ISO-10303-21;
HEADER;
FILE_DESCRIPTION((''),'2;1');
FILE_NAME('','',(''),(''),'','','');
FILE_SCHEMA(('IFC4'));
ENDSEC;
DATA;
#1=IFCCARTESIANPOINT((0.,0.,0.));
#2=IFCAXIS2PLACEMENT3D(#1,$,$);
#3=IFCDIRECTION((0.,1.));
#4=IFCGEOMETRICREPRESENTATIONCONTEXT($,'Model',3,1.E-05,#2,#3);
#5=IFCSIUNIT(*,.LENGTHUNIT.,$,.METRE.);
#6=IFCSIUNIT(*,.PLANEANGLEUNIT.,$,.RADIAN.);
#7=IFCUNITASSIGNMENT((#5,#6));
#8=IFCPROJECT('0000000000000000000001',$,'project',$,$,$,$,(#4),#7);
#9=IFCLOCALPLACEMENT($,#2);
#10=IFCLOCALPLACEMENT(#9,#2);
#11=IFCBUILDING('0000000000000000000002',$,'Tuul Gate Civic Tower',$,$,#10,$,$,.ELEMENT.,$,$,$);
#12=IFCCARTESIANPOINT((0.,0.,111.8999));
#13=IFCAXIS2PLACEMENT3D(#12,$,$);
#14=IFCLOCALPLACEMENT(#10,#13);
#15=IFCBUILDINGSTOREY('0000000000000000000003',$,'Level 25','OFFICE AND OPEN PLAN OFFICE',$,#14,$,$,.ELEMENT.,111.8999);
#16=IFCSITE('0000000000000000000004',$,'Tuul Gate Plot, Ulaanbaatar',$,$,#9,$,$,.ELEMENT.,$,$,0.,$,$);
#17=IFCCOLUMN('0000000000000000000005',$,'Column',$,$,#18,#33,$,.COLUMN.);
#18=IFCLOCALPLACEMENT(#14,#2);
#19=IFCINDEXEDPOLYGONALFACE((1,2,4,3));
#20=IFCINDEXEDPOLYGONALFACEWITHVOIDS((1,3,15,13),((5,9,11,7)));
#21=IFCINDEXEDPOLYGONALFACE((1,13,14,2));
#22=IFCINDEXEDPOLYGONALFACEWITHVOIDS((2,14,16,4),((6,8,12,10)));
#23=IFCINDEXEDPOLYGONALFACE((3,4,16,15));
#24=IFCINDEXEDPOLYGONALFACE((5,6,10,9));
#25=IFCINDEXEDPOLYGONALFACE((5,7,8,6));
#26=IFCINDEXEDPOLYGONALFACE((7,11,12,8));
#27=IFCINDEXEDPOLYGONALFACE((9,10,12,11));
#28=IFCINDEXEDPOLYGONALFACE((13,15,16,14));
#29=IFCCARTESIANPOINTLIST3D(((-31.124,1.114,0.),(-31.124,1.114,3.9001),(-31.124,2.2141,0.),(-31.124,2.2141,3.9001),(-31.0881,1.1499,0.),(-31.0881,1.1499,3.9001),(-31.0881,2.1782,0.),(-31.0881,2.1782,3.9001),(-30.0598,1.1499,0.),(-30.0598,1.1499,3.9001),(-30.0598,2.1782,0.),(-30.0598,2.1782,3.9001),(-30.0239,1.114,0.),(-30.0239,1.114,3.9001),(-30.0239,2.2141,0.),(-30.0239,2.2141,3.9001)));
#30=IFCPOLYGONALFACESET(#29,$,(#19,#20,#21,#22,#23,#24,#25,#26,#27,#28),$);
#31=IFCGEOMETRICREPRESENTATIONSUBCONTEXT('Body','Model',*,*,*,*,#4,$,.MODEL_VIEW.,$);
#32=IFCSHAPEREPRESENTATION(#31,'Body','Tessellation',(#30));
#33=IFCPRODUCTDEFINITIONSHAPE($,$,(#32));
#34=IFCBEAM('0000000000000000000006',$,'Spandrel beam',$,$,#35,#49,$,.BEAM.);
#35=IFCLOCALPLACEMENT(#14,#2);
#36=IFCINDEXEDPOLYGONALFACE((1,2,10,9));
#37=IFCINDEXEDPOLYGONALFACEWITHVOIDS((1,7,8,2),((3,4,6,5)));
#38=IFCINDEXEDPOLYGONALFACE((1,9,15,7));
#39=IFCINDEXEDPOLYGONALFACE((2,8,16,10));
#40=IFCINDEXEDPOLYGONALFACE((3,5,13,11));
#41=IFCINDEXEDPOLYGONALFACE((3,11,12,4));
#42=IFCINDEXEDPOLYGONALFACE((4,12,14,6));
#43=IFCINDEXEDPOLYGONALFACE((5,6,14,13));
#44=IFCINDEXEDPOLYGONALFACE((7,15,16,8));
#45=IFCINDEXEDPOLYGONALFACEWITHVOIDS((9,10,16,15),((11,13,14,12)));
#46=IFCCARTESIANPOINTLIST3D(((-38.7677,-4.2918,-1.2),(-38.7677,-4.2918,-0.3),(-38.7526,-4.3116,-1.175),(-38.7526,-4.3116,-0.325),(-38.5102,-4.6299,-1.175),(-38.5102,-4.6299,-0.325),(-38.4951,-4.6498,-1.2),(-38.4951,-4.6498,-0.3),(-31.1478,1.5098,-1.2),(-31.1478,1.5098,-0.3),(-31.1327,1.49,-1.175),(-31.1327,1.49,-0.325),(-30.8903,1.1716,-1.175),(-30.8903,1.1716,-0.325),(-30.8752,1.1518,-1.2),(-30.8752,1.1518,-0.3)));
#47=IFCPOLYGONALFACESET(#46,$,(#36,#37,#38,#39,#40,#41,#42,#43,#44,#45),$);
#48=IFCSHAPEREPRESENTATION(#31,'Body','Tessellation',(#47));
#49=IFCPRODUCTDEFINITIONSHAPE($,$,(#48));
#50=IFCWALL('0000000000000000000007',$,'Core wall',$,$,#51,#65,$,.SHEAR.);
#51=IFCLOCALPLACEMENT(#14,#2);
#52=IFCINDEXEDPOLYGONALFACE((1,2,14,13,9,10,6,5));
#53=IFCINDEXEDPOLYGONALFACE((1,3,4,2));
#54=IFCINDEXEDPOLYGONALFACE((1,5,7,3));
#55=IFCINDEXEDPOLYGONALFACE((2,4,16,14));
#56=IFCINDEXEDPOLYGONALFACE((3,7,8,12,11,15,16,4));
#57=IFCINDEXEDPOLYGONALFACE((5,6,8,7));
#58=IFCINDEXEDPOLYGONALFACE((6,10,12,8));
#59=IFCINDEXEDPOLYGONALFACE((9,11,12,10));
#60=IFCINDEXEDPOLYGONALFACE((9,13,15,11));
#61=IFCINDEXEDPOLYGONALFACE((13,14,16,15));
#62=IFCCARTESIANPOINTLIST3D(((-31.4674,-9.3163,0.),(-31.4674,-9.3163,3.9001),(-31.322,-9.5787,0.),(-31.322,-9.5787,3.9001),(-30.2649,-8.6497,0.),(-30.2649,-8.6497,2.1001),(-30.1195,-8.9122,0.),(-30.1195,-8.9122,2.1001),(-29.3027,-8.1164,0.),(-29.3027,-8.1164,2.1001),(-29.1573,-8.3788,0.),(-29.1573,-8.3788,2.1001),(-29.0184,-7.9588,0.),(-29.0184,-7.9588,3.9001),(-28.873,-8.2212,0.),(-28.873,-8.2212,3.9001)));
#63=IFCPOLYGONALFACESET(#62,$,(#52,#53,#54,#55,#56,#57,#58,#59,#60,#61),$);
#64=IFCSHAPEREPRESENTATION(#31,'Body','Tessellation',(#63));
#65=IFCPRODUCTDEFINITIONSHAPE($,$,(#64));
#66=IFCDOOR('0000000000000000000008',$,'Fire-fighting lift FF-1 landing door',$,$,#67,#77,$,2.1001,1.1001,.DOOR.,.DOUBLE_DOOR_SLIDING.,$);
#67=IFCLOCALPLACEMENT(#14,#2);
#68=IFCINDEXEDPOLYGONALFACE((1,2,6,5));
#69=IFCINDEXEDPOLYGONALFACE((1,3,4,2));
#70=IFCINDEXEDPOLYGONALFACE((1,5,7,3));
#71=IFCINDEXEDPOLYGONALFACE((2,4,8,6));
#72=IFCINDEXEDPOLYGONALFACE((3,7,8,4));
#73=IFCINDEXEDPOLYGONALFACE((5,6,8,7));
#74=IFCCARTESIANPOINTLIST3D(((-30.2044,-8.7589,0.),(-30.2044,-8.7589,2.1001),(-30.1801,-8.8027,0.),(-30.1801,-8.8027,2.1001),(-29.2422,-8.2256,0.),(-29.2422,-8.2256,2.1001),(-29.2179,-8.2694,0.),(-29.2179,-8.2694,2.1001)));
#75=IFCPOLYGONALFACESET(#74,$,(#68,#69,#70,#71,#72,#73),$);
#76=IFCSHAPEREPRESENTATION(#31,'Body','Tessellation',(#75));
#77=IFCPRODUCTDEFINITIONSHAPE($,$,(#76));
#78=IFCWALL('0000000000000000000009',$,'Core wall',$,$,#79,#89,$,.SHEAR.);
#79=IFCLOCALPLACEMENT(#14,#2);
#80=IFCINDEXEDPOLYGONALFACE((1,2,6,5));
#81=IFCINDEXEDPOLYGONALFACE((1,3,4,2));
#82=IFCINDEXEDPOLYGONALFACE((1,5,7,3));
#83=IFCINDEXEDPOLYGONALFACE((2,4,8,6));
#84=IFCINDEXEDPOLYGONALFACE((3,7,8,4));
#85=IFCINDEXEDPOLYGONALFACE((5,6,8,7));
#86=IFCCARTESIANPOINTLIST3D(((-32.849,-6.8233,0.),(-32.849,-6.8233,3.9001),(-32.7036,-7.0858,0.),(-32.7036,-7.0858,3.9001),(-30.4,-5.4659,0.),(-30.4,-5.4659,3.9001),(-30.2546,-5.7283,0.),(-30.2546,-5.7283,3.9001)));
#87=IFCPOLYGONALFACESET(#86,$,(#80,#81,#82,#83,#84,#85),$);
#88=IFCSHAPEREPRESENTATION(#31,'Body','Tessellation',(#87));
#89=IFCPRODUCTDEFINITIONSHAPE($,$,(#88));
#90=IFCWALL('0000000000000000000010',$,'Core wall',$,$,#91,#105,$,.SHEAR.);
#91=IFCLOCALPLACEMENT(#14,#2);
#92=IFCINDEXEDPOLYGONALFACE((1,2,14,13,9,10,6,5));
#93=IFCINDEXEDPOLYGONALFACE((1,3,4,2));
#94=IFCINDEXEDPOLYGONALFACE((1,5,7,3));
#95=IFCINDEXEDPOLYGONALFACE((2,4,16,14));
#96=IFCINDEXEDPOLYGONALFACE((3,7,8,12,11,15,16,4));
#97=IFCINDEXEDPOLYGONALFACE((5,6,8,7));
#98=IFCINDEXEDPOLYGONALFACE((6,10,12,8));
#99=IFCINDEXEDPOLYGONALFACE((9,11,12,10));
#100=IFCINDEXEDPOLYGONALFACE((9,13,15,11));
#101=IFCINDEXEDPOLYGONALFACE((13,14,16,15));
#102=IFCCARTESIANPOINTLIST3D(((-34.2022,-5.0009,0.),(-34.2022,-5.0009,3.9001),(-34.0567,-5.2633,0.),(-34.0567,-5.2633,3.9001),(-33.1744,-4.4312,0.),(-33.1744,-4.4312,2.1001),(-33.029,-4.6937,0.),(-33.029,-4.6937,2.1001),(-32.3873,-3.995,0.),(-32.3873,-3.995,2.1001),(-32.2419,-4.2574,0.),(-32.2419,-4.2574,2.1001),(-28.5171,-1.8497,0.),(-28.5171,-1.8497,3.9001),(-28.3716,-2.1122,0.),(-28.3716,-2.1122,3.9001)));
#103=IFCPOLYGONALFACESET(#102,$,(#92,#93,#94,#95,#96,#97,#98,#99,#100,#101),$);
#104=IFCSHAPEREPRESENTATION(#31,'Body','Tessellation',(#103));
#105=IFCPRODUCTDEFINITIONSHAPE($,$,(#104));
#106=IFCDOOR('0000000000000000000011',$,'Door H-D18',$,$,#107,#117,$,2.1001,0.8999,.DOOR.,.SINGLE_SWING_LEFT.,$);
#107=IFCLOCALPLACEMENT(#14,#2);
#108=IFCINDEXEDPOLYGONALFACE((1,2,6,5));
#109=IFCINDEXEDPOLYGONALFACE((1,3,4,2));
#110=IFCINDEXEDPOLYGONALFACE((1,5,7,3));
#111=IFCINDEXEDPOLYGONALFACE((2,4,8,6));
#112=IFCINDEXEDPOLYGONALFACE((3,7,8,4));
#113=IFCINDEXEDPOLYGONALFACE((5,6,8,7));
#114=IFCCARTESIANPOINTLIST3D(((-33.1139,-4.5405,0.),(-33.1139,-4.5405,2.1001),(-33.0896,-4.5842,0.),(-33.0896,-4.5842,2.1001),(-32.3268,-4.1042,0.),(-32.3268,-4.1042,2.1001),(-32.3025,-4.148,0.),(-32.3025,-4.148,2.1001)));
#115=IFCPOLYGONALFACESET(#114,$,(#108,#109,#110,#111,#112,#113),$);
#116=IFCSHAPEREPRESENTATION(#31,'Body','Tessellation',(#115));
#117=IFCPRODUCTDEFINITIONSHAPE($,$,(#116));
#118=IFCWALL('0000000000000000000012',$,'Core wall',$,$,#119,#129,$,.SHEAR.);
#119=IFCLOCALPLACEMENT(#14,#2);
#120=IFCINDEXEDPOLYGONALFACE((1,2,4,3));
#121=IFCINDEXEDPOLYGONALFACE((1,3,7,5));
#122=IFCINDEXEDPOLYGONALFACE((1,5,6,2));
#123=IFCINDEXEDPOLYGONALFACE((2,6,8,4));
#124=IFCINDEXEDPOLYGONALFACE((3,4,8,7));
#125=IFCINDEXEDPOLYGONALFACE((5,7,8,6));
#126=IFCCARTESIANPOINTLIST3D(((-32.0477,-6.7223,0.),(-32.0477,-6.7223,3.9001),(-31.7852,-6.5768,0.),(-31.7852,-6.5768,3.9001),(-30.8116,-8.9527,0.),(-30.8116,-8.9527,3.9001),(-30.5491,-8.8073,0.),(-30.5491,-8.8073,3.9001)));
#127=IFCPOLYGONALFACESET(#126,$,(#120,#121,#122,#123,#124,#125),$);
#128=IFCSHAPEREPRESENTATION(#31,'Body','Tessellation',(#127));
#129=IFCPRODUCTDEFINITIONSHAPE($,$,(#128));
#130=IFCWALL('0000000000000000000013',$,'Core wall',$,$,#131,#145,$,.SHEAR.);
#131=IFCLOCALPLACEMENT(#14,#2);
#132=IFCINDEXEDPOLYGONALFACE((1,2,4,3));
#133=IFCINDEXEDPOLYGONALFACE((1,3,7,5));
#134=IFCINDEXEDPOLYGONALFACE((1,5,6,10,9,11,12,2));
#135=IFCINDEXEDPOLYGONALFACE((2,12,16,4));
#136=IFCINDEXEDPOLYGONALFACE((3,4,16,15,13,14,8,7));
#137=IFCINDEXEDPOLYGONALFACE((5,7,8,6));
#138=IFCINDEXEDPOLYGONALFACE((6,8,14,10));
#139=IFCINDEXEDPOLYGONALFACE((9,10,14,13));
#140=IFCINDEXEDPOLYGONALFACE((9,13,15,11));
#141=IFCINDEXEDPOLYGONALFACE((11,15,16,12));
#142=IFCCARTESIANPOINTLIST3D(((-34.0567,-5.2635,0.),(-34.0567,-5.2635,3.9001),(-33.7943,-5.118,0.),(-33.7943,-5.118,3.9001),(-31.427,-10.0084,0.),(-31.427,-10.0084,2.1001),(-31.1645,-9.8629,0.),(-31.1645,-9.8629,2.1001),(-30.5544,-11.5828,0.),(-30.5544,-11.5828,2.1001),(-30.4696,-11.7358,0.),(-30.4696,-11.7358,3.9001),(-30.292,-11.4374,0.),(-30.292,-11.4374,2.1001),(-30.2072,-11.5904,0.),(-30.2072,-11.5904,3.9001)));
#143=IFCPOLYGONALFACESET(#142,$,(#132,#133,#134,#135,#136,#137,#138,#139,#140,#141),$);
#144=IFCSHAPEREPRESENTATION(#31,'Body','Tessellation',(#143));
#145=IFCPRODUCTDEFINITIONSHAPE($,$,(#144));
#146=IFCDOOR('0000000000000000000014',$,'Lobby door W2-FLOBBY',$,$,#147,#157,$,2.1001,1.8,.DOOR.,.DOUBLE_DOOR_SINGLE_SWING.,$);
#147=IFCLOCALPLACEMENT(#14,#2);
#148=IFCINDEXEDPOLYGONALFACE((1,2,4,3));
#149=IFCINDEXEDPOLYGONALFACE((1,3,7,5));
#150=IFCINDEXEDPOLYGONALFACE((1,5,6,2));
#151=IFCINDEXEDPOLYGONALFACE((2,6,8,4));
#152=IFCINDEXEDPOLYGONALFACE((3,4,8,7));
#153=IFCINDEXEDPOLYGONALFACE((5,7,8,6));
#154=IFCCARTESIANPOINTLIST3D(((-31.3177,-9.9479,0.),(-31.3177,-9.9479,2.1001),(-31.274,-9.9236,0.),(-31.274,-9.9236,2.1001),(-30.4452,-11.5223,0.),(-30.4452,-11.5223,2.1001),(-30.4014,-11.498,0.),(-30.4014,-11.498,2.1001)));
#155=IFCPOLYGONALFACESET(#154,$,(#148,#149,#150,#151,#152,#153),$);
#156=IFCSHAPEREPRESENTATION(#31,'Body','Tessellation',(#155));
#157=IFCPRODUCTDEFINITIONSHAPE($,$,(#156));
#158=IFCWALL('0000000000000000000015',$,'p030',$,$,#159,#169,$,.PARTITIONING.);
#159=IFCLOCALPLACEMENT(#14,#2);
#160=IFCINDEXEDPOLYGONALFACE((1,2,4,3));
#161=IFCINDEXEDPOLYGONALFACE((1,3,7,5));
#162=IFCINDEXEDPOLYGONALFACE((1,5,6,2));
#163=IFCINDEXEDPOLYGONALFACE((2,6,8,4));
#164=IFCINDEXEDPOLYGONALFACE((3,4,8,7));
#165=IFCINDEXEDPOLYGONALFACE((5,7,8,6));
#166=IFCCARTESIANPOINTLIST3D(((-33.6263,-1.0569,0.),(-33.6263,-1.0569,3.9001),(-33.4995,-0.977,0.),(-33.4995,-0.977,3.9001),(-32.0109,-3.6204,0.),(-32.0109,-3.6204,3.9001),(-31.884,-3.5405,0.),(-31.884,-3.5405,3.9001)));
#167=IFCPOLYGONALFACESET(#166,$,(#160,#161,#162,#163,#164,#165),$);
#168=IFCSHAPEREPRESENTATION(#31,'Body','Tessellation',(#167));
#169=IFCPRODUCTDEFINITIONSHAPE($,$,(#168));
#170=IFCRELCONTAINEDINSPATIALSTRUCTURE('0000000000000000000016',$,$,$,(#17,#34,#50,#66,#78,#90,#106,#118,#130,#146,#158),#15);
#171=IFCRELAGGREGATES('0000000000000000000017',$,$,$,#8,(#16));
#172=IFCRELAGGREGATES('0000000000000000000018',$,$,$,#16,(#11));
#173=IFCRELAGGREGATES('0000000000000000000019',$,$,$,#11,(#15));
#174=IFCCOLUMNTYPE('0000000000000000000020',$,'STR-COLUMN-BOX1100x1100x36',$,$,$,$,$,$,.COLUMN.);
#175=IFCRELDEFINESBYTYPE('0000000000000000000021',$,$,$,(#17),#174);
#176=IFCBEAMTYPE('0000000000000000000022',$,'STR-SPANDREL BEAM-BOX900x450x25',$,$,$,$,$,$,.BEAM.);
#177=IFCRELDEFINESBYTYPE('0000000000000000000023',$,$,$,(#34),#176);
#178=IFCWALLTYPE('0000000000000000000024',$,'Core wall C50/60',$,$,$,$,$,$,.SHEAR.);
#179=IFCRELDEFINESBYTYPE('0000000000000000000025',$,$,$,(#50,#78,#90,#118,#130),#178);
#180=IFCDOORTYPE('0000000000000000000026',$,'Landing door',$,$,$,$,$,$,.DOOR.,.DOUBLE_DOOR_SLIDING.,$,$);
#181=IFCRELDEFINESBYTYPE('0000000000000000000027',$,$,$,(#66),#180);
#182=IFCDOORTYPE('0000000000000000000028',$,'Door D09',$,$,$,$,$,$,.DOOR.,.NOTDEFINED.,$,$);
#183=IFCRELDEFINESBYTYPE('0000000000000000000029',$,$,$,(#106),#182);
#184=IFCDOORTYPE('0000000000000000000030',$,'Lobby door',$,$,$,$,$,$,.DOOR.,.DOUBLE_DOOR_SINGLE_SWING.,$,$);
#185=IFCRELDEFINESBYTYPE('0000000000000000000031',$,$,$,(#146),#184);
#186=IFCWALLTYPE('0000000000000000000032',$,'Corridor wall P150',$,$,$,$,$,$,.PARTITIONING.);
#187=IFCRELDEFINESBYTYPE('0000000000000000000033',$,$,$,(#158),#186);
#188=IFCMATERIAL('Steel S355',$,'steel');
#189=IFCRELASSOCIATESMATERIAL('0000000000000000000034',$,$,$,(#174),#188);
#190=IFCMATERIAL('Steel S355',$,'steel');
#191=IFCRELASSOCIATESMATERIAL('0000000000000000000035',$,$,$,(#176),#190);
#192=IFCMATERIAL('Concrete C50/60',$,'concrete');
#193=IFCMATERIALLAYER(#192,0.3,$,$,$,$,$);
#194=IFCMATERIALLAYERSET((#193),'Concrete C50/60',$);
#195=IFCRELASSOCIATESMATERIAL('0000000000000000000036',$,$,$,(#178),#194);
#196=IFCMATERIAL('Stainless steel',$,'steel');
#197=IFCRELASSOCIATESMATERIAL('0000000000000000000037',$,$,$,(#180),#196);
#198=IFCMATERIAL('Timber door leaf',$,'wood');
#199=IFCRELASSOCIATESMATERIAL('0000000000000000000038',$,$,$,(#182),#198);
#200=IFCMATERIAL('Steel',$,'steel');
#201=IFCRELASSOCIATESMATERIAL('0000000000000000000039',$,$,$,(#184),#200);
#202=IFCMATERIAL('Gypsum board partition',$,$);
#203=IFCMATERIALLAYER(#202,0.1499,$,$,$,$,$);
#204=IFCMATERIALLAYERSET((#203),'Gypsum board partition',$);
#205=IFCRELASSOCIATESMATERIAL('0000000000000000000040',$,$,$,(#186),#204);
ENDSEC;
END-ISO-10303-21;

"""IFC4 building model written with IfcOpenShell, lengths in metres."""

from ifc_helpers import new_model, si_unit, direction, frame, frame_2d, origin, origin_2d, place, context, subcontext, project, spatial, rectangle, hollow_rectangle, extrude, material, layer, layer_set, material_profile, profile_set, type_object, element, fill, save


model = new_model("IFC4")

# Units and contexts
model_context = context("Model", 3, precision=1e-05, world=origin(), true_north=direction((0.0, 1.0)))
body_context = subcontext(model_context, "Body", "Model", "MODEL_VIEW")
ifc_project = project(units=[si_unit("LENGTHUNIT", "METRE"), si_unit("PLANEANGLEUNIT", "RADIAN")], contexts=[model_context])

# Site, building, storey
site_placement = place(None, origin())
site = spatial("IfcSite", under=ifc_project, at=site_placement, Name="Tuul Gate Plot, Ulaanbaatar", CompositionType="ELEMENT", RefElevation=0.0)
building_placement = place(site_placement, origin())
building = spatial("IfcBuilding", under=site, at=building_placement, Name="Tuul Gate Civic Tower", CompositionType="ELEMENT")
storey_placement = place(building_placement, frame((0.0, 0.0, 111.8999)))
storey = spatial("IfcBuildingStorey", under=building, at=storey_placement, Name="Level 25", Description="OFFICE AND OPEN PLAN OFFICE", CompositionType="ELEMENT", Elevation=111.8999)

# Column
ifc_material_1 = material(Name="Steel S355", Category="steel")
ifc_material_profile_1 = material_profile(ifc_material_1, hollow_rectangle(XDim=1.1001, YDim=1.1001, WallThickness=0.0359, at=origin_2d()), Name="BOX1100x1100x36")
ifc_profile_set_1 = profile_set([ifc_material_profile_1], Name="Steel S355")
column_type = type_object("IfcColumnType", Name="STR-COLUMN-BOX1100x1100x36", PredefinedType="COLUMN", material=ifc_profile_set_1)
column_placement = place(storey_placement, frame((-30.574, 1.6641, 0.0), z_axis=(0.0, 0.0, 1.0), x_axis=(1.0, 0.0, 0.0)))
element("IfcColumn", 1, at=column_placement, inside=storey, type_object=column_type, Name="Column", PredefinedType="COLUMN", context=body_context, shape_type="SweptSolid", body=[
    extrude(hollow_rectangle(XDim=1.1001, YDim=1.1001, WallThickness=0.0359, at=origin_2d()), origin(), (0.0, 0.0, 1.0), 3.9001),
])

# Beam
ifc_material_2 = material(Name="Steel S355", Category="steel")
ifc_material_profile_2 = material_profile(ifc_material_2, hollow_rectangle(XDim=0.45, YDim=0.8999, WallThickness=0.0249, at=origin_2d()), Name="BOX900x450x25")
ifc_profile_set_2 = profile_set([ifc_material_profile_2], Name="Steel S355")
beam_type = type_object("IfcBeamType", Name="STR-SPANDREL BEAM-BOX900x450x25", PredefinedType="BEAM", material=ifc_profile_set_2)
beam_placement = place(storey_placement, frame((-31.0115, 1.3308, -0.75), z_axis=(-0.795638, -0.605772, 0.0), x_axis=(0.605772, -0.795638, 0.0)))
element("IfcBeam", 2, at=beam_placement, inside=storey, type_object=beam_type, Name="Spandrel beam", PredefinedType="BEAM", context=body_context, shape_type="SweptSolid", body=[
    extrude(hollow_rectangle(XDim=0.45, YDim=0.8999, WallThickness=0.0249, at=origin_2d()), origin(), (0.0, 0.0, 1.0), 9.5771),
])

# Wall, opening, door
ifc_material_3 = material(Name="Concrete C50/60", Category="concrete")
ifc_layer_1 = layer(ifc_material_3, 0.3)
ifc_layer_set_1 = layer_set([ifc_layer_1], Name="Concrete C50/60")
wall_type_1 = type_object("IfcWallType", Name="Core wall C50/60", PredefinedType="SHEAR", material=ifc_layer_set_1)
wall_1_placement = place(storey_placement, frame((-28.9458, -8.0901, 0.0), z_axis=(0.0, 0.0, 1.0), x_axis=(-0.87463, -0.484791, 0.0)))
wall_1 = element("IfcWall", 3, at=wall_1_placement, inside=storey, type_object=wall_type_1, Name="Core wall", PredefinedType="SHEAR", context=body_context, shape_type="SweptSolid", body=[
    extrude(rectangle(XDim=2.8, YDim=0.3, at=frame_2d((1.3999, 0.0))), origin(), (0.0, 0.0, 1.0), 3.9001),
])
opening_1_placement = place(wall_1_placement, frame((0.325, 0.0, 0.0)))
opening_1 = element("IfcOpeningElement", 4, at=opening_1_placement, cuts=wall_1, PredefinedType="OPENING", context=body_context, shape_type="SweptSolid", body=[
    extrude(rectangle(XDim=1.1001, YDim=2.1001, at=frame_2d((0.55, 1.05))), frame((0.0, 0.1602, 0.0), z_axis=(0.0, -1.0, 0.0), x_axis=(1.0, 0.0, 0.0)), (0.0, 0.0, 1.0), 0.3201),
])
ifc_material_4 = material(Name="Stainless steel", Category="steel")
door_type_1 = type_object("IfcDoorType", Name="Landing door", OperationType="DOUBLE_DOOR_SLIDING", PredefinedType="DOOR", material=ifc_material_4)
door_1_placement = place(opening_1_placement, origin())
door_1 = element("IfcDoor", 5, at=door_1_placement, inside=storey, type_object=door_type_1, Name="Fire-fighting lift FF-1 landing door", OperationType="DOUBLE_DOOR_SLIDING", OverallHeight=2.1001, OverallWidth=1.1001, PredefinedType="DOOR", context=body_context, shape_type="SweptSolid", body=[
    extrude(rectangle(XDim=1.1001, YDim=2.1001, at=frame_2d((0.55, 1.05))), frame((0.0, 0.0249, 0.0), z_axis=(0.0, -1.0, 0.0), x_axis=(1.0, 0.0, 0.0)), (0.0, 0.0, 1.0), 0.05),
])
fill(opening_1, door_1)

# Wall
wall_2_placement = place(storey_placement, frame((-30.3274, -5.5972, 0.0), z_axis=(0.0, 0.0, 1.0), x_axis=(-0.87463, -0.484791, 0.0)))
element("IfcWall", 6, at=wall_2_placement, inside=storey, type_object=wall_type_1, Name="Core wall", PredefinedType="SHEAR", context=body_context, shape_type="SweptSolid", body=[
    extrude(rectangle(XDim=2.8, YDim=0.3, at=frame_2d((1.3999, 0.0))), origin(), (0.0, 0.0, 1.0), 3.9001),
])

# Wall, opening, door
wall_3_placement = place(storey_placement, frame((-28.4443, -1.981, 0.0), z_axis=(0.0, 0.0, 1.0), x_axis=(-0.87463, -0.484791, 0.0)))
wall_3 = element("IfcWall", 7, at=wall_3_placement, inside=storey, type_object=wall_type_1, Name="Core wall", PredefinedType="SHEAR", context=body_context, shape_type="SweptSolid", body=[
    extrude(rectangle(XDim=6.5, YDim=0.3, at=frame_2d((3.25, 0.0))), origin(), (0.0, 0.0, 1.0), 3.9001),
])
opening_2_placement = place(wall_3_placement, frame((4.425, 0.0, 0.0)))
opening_2 = element("IfcOpeningElement", 8, at=opening_2_placement, cuts=wall_3, PredefinedType="OPENING", context=body_context, shape_type="SweptSolid", body=[
    extrude(rectangle(XDim=0.8999, YDim=2.1001, at=frame_2d((0.45, 1.05))), frame((0.0, 0.1602, 0.0), z_axis=(0.0, -1.0, 0.0), x_axis=(1.0, 0.0, 0.0)), (0.0, 0.0, 1.0), 0.3201),
])
ifc_material_5 = material(Name="Timber door leaf", Category="wood")
door_type_2 = type_object("IfcDoorType", Name="Door D09", OperationType="NOTDEFINED", PredefinedType="DOOR", material=ifc_material_5)
door_2_placement = place(opening_2_placement, origin())
door_2 = element("IfcDoor", 9, at=door_2_placement, inside=storey, type_object=door_type_2, Name="Door H-D18", OperationType="SINGLE_SWING_LEFT", OverallHeight=2.1001, OverallWidth=0.8999, PredefinedType="DOOR", context=body_context, shape_type="SweptSolid", body=[
    extrude(rectangle(XDim=0.8999, YDim=2.1001, at=frame_2d((0.45, 1.05))), frame((0.0, 0.0249, 0.0), z_axis=(0.0, -1.0, 0.0), x_axis=(1.0, 0.0, 0.0)), (0.0, 0.0, 1.0), 0.05),
])
fill(opening_2, door_2)

# Wall
wall_4_placement = place(storey_placement, frame((-30.6804, -8.8799, 0.0), z_axis=(0.0, 0.0, 1.0), x_axis=(-0.484724, 0.874667, 0.0)))
element("IfcWall", 10, at=wall_4_placement, inside=storey, type_object=wall_type_1, Name="Core wall", PredefinedType="SHEAR", context=body_context, shape_type="SweptSolid", body=[
    extrude(rectangle(XDim=2.55, YDim=0.3, at=frame_2d((1.2749, 0.0))), origin(), (0.0, 0.0, 1.0), 3.9001),
])

# Wall, opening, door
wall_5_placement = place(storey_placement, frame((-30.3384, -11.6631, 0.0), z_axis=(0.0, 0.0, 1.0), x_axis=(-0.484752, 0.874652, 0.0)))
wall_5 = element("IfcWall", 11, at=wall_5_placement, inside=storey, type_object=wall_type_1, Name="Core wall", PredefinedType="SHEAR", context=body_context, shape_type="SweptSolid", body=[
    extrude(rectangle(XDim=7.3999, YDim=0.3, at=frame_2d((3.7, 0.0))), origin(), (0.0, 0.0, 1.0), 3.9001),
])
opening_3_placement = place(wall_5_placement, frame((0.175, 0.0, 0.0)))
opening_3 = element("IfcOpeningElement", 12, at=opening_3_placement, cuts=wall_5, PredefinedType="OPENING", context=body_context, shape_type="SweptSolid", body=[
    extrude(rectangle(XDim=1.8, YDim=2.1001, at=frame_2d((0.8999, 1.05))), frame((0.0, 0.1602, 0.0), z_axis=(0.0, -1.0, 0.0), x_axis=(1.0, 0.0, 0.0)), (0.0, 0.0, 1.0), 0.3201),
])
ifc_material_6 = material(Name="Steel", Category="steel")
door_type_3 = type_object("IfcDoorType", Name="Lobby door", OperationType="DOUBLE_DOOR_SINGLE_SWING", PredefinedType="DOOR", material=ifc_material_6)
door_3_placement = place(opening_3_placement, frame((1.8, 0.0, 0.0), z_axis=(0.0, 0.0, 1.0), x_axis=(-1.0, 0.0, 0.0)))
door_3 = element("IfcDoor", 13, at=door_3_placement, inside=storey, type_object=door_type_3, Name="Lobby door W2-FLOBBY", OperationType="DOUBLE_DOOR_SINGLE_SWING", OverallHeight=2.1001, OverallWidth=1.8, PredefinedType="DOOR", context=body_context, shape_type="SweptSolid", body=[
    extrude(rectangle(XDim=1.8, YDim=2.1001, at=frame_2d((0.9001, 1.05))), frame((0.0, 0.0249, 0.0), z_axis=(0.0, -1.0, 0.0), x_axis=(1.0, 0.0, 0.0)), (0.0, 0.0, 1.0), 0.05),
])
fill(opening_3, door_3)

# Wall
ifc_material_7 = material(Name="Gypsum board partition")
ifc_layer_2 = layer(ifc_material_7, 0.1499)
ifc_layer_set_2 = layer_set([ifc_layer_2], Name="Gypsum board partition")
wall_type_2 = type_object("IfcWallType", Name="Corridor wall P150", PredefinedType="PARTITIONING", material=ifc_layer_set_2)
wall_6_placement = place(storey_placement, frame((-33.563, -1.0168, 0.0), z_axis=(0.0, 0.0, 1.0), x_axis=(0.533153, -0.846019, 0.0)))
element("IfcWall", 14, at=wall_6_placement, inside=storey, type_object=wall_type_2, Name="p030", PredefinedType="PARTITIONING", context=body_context, shape_type="SweptSolid", body=[
    extrude(rectangle(XDim=3.03, YDim=0.1499, at=frame_2d((1.5151, 0.0))), origin(), (0.0, 0.0, 1.0), 3.9001),
])

save(model, "model.ifc")
